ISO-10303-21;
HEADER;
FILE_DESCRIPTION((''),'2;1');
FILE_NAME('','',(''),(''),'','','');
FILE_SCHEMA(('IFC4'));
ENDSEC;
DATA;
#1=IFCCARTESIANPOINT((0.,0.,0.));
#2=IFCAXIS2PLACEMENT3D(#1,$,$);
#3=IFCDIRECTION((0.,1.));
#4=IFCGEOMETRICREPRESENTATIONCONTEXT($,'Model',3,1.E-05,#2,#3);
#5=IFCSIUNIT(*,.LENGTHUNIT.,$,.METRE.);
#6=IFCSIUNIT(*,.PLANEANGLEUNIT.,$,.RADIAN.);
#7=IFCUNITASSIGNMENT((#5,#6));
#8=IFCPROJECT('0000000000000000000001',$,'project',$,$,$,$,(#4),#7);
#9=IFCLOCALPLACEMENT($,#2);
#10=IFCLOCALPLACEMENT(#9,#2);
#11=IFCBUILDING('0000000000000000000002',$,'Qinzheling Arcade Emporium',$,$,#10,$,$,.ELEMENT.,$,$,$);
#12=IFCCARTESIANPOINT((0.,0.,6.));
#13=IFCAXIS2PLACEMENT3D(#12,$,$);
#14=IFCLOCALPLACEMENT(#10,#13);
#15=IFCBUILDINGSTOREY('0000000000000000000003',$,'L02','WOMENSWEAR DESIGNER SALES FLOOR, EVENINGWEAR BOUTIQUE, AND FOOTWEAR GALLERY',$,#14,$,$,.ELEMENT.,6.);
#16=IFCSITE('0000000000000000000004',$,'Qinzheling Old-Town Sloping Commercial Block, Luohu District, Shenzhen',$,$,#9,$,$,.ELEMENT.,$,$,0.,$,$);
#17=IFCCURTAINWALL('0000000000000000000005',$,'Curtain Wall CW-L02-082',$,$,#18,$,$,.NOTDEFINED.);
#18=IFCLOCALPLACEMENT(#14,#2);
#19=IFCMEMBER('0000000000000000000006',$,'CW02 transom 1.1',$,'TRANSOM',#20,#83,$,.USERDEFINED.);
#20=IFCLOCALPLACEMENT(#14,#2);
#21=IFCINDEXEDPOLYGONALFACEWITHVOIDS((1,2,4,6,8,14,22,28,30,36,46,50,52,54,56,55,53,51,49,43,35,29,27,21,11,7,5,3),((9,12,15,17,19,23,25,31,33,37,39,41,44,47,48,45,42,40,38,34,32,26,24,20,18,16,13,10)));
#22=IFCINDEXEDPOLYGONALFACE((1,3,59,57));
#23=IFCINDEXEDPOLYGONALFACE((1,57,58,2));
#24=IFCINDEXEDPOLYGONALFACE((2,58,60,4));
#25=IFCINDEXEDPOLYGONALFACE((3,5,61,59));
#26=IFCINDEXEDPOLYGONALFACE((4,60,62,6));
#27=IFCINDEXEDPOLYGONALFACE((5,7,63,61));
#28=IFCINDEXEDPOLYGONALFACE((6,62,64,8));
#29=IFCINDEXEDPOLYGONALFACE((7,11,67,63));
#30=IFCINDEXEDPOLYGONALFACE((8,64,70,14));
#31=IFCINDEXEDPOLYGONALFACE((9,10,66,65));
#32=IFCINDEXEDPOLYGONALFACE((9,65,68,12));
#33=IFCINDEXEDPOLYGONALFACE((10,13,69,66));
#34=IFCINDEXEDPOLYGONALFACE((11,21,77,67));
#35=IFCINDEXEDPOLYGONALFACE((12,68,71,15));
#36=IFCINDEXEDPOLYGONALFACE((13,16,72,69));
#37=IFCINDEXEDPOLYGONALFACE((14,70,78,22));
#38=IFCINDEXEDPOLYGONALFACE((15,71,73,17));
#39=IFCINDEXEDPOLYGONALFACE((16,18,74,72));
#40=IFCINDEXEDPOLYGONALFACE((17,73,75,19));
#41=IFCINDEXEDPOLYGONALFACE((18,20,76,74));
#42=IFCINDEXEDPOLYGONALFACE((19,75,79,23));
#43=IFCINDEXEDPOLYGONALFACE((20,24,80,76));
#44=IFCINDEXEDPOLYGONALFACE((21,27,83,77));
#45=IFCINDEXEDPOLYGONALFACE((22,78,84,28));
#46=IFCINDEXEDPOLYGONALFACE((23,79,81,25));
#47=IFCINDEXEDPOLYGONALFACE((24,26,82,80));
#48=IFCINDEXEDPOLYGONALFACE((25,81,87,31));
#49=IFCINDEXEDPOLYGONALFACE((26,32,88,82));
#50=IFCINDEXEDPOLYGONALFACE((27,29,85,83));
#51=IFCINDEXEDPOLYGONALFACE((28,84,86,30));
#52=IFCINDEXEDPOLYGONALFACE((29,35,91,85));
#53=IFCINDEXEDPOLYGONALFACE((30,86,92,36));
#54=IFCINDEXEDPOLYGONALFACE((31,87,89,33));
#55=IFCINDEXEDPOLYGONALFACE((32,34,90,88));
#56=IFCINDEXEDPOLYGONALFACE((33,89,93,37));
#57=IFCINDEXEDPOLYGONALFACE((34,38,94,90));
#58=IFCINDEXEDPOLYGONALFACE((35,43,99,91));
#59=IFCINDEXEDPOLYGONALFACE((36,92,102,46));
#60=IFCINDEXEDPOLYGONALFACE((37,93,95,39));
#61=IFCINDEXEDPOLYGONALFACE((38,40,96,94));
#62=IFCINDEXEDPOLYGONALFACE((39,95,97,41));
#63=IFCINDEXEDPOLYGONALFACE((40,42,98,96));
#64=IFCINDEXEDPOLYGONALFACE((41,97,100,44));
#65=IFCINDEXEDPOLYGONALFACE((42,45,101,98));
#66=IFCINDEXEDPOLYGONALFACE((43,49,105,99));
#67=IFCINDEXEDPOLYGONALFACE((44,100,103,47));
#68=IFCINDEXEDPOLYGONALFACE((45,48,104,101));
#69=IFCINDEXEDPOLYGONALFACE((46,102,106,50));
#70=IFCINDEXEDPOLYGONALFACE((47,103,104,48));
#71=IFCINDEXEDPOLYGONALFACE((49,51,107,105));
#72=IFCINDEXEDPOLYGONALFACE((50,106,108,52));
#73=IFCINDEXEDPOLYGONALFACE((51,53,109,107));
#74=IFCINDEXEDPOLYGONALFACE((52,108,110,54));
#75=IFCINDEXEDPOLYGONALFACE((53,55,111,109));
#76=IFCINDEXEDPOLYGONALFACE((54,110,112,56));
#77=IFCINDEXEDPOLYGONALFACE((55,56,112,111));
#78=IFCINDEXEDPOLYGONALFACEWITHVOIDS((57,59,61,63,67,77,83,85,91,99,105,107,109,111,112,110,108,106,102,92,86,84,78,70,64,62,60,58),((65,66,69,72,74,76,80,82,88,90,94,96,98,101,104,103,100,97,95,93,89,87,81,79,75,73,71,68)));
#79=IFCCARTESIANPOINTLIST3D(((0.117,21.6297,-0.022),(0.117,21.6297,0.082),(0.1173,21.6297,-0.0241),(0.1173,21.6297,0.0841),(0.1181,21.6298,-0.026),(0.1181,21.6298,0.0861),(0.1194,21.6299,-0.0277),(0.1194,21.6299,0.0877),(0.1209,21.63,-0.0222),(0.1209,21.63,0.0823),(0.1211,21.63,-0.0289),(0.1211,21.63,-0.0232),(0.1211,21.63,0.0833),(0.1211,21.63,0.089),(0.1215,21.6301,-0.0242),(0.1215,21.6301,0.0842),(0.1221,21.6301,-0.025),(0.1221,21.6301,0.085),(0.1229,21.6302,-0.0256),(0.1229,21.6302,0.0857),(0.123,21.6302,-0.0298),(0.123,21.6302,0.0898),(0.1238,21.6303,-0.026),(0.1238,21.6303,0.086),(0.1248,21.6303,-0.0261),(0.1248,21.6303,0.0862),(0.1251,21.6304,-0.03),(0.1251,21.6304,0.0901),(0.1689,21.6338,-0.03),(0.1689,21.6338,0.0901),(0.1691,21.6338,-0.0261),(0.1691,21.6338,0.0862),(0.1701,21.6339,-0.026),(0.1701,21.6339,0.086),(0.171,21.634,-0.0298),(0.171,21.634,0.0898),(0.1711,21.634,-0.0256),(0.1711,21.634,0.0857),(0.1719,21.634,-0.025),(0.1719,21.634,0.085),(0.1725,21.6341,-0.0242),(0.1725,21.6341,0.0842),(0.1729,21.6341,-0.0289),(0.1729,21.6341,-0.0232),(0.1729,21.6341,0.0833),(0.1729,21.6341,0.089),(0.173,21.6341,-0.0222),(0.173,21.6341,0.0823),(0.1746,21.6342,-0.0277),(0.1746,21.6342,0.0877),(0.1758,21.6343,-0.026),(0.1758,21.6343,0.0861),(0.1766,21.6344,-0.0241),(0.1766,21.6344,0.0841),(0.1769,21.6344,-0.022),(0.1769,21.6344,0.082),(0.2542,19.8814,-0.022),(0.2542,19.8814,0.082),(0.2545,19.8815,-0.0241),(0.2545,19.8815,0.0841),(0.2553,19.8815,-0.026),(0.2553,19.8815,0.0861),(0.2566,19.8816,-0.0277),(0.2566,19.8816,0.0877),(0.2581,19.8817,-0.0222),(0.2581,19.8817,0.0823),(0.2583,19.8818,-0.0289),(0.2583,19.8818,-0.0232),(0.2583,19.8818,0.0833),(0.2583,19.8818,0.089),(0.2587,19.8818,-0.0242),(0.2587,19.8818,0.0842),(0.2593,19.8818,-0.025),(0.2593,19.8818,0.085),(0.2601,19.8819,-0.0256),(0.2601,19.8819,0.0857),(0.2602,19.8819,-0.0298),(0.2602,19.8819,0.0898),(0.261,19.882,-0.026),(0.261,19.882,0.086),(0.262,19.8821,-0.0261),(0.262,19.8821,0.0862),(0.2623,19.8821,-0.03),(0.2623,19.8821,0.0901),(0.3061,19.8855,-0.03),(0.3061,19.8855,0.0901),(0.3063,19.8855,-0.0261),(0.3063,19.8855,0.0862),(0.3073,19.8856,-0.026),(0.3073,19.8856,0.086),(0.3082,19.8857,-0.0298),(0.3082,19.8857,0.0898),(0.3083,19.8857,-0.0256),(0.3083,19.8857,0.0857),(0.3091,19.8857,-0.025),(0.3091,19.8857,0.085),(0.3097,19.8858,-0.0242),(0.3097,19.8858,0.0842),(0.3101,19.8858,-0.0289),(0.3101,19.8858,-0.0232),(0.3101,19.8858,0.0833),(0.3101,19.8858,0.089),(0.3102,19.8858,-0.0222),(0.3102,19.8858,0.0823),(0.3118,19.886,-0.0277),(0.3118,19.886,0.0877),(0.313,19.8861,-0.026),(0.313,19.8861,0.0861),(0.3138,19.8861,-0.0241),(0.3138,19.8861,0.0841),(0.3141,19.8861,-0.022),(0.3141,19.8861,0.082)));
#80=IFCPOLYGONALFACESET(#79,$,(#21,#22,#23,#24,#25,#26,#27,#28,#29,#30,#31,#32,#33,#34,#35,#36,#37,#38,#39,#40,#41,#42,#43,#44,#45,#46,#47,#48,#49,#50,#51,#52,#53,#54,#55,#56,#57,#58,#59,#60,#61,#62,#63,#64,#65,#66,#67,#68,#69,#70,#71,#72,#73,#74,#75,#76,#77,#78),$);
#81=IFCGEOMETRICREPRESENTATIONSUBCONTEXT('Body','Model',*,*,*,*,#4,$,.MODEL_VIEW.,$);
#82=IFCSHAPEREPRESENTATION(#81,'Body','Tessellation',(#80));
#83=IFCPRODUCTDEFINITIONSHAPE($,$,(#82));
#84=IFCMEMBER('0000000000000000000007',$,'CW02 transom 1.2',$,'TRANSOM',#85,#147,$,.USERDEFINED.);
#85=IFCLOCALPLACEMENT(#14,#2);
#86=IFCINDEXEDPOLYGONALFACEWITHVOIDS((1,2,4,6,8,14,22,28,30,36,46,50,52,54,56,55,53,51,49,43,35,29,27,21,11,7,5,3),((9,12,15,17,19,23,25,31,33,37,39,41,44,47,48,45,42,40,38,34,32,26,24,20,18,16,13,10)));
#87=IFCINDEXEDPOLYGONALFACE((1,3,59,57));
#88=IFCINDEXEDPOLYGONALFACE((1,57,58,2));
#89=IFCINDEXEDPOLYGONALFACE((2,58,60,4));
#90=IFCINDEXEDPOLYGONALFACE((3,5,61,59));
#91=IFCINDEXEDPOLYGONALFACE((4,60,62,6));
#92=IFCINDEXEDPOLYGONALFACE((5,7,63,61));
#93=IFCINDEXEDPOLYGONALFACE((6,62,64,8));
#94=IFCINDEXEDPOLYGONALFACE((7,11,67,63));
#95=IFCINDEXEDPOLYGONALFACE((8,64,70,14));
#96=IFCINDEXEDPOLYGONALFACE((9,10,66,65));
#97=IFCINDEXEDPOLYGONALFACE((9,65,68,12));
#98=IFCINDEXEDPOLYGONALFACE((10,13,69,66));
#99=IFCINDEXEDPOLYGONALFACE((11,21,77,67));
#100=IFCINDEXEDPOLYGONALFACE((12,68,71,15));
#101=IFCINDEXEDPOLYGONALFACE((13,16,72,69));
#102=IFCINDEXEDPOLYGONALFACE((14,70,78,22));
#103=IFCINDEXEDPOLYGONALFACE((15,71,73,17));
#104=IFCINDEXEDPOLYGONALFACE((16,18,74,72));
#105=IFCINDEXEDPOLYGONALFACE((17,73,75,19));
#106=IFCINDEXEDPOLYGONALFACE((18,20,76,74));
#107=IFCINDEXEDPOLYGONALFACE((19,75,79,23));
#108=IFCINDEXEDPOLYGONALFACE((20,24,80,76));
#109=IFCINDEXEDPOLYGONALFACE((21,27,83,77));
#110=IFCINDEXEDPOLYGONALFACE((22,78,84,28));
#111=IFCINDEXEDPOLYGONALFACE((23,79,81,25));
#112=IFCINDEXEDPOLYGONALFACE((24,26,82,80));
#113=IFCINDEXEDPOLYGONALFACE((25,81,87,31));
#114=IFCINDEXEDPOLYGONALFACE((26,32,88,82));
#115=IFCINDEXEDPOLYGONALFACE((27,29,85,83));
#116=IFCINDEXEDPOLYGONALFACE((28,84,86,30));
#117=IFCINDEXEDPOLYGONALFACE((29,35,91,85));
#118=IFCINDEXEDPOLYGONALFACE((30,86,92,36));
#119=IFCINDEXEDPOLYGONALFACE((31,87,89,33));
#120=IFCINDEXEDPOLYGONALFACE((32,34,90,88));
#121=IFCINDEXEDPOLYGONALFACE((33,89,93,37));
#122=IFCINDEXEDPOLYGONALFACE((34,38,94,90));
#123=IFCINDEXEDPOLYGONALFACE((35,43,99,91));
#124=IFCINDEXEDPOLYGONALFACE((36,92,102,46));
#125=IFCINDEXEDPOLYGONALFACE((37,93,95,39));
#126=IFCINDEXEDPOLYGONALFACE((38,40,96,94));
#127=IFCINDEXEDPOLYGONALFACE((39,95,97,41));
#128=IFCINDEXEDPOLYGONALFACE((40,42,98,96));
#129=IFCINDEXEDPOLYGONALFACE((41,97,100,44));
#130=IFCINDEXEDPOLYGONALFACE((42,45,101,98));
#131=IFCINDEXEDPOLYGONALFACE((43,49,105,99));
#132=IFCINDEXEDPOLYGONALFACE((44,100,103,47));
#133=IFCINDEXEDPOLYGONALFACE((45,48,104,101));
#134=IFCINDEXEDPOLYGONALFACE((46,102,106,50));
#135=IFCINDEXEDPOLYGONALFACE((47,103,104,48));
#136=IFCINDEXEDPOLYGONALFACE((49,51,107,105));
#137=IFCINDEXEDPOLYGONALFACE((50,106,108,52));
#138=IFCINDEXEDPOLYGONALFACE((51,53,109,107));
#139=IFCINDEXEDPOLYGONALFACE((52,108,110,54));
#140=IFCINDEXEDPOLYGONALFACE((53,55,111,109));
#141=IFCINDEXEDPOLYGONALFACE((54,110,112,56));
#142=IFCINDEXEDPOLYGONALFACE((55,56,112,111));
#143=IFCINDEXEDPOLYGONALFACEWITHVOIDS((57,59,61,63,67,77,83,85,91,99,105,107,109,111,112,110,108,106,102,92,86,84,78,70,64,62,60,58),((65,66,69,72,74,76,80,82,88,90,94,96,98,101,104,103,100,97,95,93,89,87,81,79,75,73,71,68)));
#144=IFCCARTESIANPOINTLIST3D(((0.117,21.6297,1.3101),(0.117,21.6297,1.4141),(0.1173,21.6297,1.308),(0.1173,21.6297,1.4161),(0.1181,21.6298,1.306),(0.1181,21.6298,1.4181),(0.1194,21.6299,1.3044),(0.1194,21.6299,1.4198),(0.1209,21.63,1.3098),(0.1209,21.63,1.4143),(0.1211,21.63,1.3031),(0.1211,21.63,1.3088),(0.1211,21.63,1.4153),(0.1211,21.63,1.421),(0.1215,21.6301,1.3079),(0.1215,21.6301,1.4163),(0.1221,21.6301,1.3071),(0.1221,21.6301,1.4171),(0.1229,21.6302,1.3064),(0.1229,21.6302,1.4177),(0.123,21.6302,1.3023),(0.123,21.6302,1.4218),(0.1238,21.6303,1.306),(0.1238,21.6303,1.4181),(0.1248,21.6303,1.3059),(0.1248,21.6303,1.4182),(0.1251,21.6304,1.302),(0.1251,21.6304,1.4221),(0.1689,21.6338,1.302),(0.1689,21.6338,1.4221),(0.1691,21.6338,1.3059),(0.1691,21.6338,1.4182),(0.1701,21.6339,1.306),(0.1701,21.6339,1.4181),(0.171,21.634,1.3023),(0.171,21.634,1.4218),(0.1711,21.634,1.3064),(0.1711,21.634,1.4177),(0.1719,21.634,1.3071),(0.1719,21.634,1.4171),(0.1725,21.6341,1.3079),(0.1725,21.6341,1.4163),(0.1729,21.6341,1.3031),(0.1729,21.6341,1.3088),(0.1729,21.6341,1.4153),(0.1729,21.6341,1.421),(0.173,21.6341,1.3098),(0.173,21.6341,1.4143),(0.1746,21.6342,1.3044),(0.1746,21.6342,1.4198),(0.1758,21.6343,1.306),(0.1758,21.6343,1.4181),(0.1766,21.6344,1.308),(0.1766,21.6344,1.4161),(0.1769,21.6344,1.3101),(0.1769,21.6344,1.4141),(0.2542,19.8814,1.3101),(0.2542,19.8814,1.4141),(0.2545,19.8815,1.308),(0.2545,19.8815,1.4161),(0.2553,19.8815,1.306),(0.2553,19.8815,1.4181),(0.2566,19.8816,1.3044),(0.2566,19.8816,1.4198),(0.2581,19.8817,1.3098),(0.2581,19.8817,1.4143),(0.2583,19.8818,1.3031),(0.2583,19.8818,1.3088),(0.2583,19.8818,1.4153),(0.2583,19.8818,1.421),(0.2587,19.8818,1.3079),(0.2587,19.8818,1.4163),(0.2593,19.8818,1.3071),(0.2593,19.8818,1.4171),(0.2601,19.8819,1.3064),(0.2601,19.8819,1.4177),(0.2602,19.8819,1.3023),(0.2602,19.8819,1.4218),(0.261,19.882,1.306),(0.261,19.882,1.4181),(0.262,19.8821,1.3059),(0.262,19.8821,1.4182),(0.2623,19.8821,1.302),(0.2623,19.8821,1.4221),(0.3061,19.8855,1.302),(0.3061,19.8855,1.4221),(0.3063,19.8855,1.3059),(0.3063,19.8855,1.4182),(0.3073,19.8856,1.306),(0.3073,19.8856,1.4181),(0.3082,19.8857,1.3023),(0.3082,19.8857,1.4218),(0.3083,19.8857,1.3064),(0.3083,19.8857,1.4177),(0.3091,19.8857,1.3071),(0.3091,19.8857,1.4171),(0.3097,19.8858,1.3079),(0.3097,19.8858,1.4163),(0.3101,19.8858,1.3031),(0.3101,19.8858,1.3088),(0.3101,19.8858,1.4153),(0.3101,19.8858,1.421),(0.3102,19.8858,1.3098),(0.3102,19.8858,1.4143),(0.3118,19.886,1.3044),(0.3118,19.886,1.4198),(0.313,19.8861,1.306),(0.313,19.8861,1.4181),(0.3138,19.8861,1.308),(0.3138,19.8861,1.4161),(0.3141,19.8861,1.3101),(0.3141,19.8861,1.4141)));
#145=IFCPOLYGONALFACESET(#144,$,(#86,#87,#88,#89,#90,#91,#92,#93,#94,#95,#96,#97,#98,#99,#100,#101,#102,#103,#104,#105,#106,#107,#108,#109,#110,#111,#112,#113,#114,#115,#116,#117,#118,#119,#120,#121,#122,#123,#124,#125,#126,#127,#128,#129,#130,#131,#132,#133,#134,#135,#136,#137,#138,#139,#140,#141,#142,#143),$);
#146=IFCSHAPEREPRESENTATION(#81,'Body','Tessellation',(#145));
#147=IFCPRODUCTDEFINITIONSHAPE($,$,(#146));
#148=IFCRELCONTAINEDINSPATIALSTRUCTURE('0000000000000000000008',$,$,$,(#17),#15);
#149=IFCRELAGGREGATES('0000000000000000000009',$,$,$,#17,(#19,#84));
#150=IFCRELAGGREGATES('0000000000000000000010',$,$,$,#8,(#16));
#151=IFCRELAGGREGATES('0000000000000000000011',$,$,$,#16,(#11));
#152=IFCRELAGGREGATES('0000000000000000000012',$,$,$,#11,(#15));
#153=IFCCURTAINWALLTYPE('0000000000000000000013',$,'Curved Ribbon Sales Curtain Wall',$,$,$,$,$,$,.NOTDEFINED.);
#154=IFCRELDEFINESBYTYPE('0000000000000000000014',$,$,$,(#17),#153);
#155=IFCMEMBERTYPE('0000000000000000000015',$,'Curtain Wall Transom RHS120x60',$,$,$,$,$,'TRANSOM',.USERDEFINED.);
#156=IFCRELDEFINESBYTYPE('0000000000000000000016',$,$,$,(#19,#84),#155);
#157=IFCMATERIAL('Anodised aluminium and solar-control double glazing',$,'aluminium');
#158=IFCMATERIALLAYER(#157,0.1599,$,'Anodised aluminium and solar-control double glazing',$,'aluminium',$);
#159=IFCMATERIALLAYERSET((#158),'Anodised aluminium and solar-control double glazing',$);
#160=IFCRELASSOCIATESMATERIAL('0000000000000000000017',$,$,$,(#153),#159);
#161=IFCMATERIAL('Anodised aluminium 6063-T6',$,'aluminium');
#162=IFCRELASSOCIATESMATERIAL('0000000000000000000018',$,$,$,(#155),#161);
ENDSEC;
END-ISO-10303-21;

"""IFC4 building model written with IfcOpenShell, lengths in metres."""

from ifc_helpers import new_model, si_unit, direction, frame, origin, origin_2d, place, context, subcontext, project, spatial, hollow_rectangle, extrude, material, layer, layer_set, material_profile, profile_set, type_object, element, aggregate, save


model = new_model("IFC4")

# Units and contexts
model_context = context("Model", 3, precision=1e-05, world=origin(), true_north=direction((0.0, 1.0)))
body_context = subcontext(model_context, "Body", "Model", "MODEL_VIEW")
ifc_project = project(units=[si_unit("LENGTHUNIT", "METRE"), si_unit("PLANEANGLEUNIT", "RADIAN")], contexts=[model_context])

# Site, building, storey
site_placement = place(None, origin())
site = spatial("IfcSite", under=ifc_project, at=site_placement, Name="Qinzheling Old-Town Sloping Commercial Block, Luohu District, Shenzhen", CompositionType="ELEMENT", RefElevation=0.0)
building_placement = place(site_placement, origin())
building = spatial("IfcBuilding", under=site, at=building_placement, Name="Qinzheling Arcade Emporium", CompositionType="ELEMENT")
storey_placement = place(building_placement, frame((0.0, 0.0, 6.0)))
storey = spatial("IfcBuildingStorey", under=building, at=storey_placement, Name="L02", Description="WOMENSWEAR DESIGNER SALES FLOOR, EVENINGWEAR BOUTIQUE, AND FOOTWEAR GALLERY", CompositionType="ELEMENT", Elevation=6.0)

# Curtain wall
ifc_material_1 = material(Name="Anodised aluminium and solar-control double glazing", Category="aluminium")
ifc_layer_1 = layer(ifc_material_1, 0.1599, Name="Anodised aluminium and solar-control double glazing", Category="aluminium")
ifc_layer_set_1 = layer_set([ifc_layer_1], Name="Anodised aluminium and solar-control double glazing")
curtain_wall_type_1 = type_object("IfcCurtainWallType", Name="Curved Ribbon Sales Curtain Wall", PredefinedType="NOTDEFINED", material=ifc_layer_set_1)
curtain_wall_1_placement = place(storey_placement, origin())
curtain_wall_1 = element("IfcCurtainWall", 1, at=curtain_wall_1_placement, inside=storey, type_object=curtain_wall_type_1, Name="Curtain Wall CW-L02-082", PredefinedType="NOTDEFINED")
ifc_material_2 = material(Name="Anodised aluminium 6063-T6", Category="aluminium")

# Members
ifc_material_profile_1 = material_profile(ifc_material_2, hollow_rectangle(XDim=0.0601, YDim=0.1201, WallThickness=0.0039, InnerFilletRadius=0.0039, OuterFilletRadius=0.0081, at=origin_2d()), Name="RHS 120x60x4", Category="aluminium")
ifc_profile_set_1 = profile_set([ifc_material_profile_1], Name="Anodised aluminium 6063-T6")
member_type_1 = type_object("IfcMemberType", Name="Curtain Wall Transom RHS120x60", ElementType="TRANSOM", PredefinedType="USERDEFINED", material=ifc_profile_set_1)
member_1_placement = place(storey_placement, frame((0.2842, 19.8838, 0.03), z_axis=(-0.07824, 0.996935, 0.0), x_axis=(-0.996935, -0.07824, 0.0)))
member_1 = element("IfcMember", 2, at=member_1_placement, type_object=member_type_1, Name="CW02 transom 1.1", ObjectType="TRANSOM", PredefinedType="USERDEFINED", context=body_context, shape_type="SweptSolid", body=[
    extrude(hollow_rectangle(XDim=0.0601, YDim=0.1201, WallThickness=0.0039, InnerFilletRadius=0.0039, OuterFilletRadius=0.0081, at=origin_2d()), origin(), (0.0, 0.0, 1.0), 1.7537),
])
member_2_placement = place(storey_placement, frame((0.2842, 19.8838, 1.3621), z_axis=(-0.07824, 0.996935, 0.0), x_axis=(-0.996935, -0.07824, 0.0)))
member_2 = element("IfcMember", 3, at=member_2_placement, type_object=member_type_1, Name="CW02 transom 1.2", ObjectType="TRANSOM", PredefinedType="USERDEFINED", context=body_context, shape_type="SweptSolid", body=[
    extrude(hollow_rectangle(XDim=0.0601, YDim=0.1201, WallThickness=0.0039, InnerFilletRadius=0.0039, OuterFilletRadius=0.0081, at=origin_2d()), origin(), (0.0, 0.0, 1.0), 1.7537),
])

aggregate(curtain_wall_1, [member_1, member_2])

save(model, "model.ifc")
